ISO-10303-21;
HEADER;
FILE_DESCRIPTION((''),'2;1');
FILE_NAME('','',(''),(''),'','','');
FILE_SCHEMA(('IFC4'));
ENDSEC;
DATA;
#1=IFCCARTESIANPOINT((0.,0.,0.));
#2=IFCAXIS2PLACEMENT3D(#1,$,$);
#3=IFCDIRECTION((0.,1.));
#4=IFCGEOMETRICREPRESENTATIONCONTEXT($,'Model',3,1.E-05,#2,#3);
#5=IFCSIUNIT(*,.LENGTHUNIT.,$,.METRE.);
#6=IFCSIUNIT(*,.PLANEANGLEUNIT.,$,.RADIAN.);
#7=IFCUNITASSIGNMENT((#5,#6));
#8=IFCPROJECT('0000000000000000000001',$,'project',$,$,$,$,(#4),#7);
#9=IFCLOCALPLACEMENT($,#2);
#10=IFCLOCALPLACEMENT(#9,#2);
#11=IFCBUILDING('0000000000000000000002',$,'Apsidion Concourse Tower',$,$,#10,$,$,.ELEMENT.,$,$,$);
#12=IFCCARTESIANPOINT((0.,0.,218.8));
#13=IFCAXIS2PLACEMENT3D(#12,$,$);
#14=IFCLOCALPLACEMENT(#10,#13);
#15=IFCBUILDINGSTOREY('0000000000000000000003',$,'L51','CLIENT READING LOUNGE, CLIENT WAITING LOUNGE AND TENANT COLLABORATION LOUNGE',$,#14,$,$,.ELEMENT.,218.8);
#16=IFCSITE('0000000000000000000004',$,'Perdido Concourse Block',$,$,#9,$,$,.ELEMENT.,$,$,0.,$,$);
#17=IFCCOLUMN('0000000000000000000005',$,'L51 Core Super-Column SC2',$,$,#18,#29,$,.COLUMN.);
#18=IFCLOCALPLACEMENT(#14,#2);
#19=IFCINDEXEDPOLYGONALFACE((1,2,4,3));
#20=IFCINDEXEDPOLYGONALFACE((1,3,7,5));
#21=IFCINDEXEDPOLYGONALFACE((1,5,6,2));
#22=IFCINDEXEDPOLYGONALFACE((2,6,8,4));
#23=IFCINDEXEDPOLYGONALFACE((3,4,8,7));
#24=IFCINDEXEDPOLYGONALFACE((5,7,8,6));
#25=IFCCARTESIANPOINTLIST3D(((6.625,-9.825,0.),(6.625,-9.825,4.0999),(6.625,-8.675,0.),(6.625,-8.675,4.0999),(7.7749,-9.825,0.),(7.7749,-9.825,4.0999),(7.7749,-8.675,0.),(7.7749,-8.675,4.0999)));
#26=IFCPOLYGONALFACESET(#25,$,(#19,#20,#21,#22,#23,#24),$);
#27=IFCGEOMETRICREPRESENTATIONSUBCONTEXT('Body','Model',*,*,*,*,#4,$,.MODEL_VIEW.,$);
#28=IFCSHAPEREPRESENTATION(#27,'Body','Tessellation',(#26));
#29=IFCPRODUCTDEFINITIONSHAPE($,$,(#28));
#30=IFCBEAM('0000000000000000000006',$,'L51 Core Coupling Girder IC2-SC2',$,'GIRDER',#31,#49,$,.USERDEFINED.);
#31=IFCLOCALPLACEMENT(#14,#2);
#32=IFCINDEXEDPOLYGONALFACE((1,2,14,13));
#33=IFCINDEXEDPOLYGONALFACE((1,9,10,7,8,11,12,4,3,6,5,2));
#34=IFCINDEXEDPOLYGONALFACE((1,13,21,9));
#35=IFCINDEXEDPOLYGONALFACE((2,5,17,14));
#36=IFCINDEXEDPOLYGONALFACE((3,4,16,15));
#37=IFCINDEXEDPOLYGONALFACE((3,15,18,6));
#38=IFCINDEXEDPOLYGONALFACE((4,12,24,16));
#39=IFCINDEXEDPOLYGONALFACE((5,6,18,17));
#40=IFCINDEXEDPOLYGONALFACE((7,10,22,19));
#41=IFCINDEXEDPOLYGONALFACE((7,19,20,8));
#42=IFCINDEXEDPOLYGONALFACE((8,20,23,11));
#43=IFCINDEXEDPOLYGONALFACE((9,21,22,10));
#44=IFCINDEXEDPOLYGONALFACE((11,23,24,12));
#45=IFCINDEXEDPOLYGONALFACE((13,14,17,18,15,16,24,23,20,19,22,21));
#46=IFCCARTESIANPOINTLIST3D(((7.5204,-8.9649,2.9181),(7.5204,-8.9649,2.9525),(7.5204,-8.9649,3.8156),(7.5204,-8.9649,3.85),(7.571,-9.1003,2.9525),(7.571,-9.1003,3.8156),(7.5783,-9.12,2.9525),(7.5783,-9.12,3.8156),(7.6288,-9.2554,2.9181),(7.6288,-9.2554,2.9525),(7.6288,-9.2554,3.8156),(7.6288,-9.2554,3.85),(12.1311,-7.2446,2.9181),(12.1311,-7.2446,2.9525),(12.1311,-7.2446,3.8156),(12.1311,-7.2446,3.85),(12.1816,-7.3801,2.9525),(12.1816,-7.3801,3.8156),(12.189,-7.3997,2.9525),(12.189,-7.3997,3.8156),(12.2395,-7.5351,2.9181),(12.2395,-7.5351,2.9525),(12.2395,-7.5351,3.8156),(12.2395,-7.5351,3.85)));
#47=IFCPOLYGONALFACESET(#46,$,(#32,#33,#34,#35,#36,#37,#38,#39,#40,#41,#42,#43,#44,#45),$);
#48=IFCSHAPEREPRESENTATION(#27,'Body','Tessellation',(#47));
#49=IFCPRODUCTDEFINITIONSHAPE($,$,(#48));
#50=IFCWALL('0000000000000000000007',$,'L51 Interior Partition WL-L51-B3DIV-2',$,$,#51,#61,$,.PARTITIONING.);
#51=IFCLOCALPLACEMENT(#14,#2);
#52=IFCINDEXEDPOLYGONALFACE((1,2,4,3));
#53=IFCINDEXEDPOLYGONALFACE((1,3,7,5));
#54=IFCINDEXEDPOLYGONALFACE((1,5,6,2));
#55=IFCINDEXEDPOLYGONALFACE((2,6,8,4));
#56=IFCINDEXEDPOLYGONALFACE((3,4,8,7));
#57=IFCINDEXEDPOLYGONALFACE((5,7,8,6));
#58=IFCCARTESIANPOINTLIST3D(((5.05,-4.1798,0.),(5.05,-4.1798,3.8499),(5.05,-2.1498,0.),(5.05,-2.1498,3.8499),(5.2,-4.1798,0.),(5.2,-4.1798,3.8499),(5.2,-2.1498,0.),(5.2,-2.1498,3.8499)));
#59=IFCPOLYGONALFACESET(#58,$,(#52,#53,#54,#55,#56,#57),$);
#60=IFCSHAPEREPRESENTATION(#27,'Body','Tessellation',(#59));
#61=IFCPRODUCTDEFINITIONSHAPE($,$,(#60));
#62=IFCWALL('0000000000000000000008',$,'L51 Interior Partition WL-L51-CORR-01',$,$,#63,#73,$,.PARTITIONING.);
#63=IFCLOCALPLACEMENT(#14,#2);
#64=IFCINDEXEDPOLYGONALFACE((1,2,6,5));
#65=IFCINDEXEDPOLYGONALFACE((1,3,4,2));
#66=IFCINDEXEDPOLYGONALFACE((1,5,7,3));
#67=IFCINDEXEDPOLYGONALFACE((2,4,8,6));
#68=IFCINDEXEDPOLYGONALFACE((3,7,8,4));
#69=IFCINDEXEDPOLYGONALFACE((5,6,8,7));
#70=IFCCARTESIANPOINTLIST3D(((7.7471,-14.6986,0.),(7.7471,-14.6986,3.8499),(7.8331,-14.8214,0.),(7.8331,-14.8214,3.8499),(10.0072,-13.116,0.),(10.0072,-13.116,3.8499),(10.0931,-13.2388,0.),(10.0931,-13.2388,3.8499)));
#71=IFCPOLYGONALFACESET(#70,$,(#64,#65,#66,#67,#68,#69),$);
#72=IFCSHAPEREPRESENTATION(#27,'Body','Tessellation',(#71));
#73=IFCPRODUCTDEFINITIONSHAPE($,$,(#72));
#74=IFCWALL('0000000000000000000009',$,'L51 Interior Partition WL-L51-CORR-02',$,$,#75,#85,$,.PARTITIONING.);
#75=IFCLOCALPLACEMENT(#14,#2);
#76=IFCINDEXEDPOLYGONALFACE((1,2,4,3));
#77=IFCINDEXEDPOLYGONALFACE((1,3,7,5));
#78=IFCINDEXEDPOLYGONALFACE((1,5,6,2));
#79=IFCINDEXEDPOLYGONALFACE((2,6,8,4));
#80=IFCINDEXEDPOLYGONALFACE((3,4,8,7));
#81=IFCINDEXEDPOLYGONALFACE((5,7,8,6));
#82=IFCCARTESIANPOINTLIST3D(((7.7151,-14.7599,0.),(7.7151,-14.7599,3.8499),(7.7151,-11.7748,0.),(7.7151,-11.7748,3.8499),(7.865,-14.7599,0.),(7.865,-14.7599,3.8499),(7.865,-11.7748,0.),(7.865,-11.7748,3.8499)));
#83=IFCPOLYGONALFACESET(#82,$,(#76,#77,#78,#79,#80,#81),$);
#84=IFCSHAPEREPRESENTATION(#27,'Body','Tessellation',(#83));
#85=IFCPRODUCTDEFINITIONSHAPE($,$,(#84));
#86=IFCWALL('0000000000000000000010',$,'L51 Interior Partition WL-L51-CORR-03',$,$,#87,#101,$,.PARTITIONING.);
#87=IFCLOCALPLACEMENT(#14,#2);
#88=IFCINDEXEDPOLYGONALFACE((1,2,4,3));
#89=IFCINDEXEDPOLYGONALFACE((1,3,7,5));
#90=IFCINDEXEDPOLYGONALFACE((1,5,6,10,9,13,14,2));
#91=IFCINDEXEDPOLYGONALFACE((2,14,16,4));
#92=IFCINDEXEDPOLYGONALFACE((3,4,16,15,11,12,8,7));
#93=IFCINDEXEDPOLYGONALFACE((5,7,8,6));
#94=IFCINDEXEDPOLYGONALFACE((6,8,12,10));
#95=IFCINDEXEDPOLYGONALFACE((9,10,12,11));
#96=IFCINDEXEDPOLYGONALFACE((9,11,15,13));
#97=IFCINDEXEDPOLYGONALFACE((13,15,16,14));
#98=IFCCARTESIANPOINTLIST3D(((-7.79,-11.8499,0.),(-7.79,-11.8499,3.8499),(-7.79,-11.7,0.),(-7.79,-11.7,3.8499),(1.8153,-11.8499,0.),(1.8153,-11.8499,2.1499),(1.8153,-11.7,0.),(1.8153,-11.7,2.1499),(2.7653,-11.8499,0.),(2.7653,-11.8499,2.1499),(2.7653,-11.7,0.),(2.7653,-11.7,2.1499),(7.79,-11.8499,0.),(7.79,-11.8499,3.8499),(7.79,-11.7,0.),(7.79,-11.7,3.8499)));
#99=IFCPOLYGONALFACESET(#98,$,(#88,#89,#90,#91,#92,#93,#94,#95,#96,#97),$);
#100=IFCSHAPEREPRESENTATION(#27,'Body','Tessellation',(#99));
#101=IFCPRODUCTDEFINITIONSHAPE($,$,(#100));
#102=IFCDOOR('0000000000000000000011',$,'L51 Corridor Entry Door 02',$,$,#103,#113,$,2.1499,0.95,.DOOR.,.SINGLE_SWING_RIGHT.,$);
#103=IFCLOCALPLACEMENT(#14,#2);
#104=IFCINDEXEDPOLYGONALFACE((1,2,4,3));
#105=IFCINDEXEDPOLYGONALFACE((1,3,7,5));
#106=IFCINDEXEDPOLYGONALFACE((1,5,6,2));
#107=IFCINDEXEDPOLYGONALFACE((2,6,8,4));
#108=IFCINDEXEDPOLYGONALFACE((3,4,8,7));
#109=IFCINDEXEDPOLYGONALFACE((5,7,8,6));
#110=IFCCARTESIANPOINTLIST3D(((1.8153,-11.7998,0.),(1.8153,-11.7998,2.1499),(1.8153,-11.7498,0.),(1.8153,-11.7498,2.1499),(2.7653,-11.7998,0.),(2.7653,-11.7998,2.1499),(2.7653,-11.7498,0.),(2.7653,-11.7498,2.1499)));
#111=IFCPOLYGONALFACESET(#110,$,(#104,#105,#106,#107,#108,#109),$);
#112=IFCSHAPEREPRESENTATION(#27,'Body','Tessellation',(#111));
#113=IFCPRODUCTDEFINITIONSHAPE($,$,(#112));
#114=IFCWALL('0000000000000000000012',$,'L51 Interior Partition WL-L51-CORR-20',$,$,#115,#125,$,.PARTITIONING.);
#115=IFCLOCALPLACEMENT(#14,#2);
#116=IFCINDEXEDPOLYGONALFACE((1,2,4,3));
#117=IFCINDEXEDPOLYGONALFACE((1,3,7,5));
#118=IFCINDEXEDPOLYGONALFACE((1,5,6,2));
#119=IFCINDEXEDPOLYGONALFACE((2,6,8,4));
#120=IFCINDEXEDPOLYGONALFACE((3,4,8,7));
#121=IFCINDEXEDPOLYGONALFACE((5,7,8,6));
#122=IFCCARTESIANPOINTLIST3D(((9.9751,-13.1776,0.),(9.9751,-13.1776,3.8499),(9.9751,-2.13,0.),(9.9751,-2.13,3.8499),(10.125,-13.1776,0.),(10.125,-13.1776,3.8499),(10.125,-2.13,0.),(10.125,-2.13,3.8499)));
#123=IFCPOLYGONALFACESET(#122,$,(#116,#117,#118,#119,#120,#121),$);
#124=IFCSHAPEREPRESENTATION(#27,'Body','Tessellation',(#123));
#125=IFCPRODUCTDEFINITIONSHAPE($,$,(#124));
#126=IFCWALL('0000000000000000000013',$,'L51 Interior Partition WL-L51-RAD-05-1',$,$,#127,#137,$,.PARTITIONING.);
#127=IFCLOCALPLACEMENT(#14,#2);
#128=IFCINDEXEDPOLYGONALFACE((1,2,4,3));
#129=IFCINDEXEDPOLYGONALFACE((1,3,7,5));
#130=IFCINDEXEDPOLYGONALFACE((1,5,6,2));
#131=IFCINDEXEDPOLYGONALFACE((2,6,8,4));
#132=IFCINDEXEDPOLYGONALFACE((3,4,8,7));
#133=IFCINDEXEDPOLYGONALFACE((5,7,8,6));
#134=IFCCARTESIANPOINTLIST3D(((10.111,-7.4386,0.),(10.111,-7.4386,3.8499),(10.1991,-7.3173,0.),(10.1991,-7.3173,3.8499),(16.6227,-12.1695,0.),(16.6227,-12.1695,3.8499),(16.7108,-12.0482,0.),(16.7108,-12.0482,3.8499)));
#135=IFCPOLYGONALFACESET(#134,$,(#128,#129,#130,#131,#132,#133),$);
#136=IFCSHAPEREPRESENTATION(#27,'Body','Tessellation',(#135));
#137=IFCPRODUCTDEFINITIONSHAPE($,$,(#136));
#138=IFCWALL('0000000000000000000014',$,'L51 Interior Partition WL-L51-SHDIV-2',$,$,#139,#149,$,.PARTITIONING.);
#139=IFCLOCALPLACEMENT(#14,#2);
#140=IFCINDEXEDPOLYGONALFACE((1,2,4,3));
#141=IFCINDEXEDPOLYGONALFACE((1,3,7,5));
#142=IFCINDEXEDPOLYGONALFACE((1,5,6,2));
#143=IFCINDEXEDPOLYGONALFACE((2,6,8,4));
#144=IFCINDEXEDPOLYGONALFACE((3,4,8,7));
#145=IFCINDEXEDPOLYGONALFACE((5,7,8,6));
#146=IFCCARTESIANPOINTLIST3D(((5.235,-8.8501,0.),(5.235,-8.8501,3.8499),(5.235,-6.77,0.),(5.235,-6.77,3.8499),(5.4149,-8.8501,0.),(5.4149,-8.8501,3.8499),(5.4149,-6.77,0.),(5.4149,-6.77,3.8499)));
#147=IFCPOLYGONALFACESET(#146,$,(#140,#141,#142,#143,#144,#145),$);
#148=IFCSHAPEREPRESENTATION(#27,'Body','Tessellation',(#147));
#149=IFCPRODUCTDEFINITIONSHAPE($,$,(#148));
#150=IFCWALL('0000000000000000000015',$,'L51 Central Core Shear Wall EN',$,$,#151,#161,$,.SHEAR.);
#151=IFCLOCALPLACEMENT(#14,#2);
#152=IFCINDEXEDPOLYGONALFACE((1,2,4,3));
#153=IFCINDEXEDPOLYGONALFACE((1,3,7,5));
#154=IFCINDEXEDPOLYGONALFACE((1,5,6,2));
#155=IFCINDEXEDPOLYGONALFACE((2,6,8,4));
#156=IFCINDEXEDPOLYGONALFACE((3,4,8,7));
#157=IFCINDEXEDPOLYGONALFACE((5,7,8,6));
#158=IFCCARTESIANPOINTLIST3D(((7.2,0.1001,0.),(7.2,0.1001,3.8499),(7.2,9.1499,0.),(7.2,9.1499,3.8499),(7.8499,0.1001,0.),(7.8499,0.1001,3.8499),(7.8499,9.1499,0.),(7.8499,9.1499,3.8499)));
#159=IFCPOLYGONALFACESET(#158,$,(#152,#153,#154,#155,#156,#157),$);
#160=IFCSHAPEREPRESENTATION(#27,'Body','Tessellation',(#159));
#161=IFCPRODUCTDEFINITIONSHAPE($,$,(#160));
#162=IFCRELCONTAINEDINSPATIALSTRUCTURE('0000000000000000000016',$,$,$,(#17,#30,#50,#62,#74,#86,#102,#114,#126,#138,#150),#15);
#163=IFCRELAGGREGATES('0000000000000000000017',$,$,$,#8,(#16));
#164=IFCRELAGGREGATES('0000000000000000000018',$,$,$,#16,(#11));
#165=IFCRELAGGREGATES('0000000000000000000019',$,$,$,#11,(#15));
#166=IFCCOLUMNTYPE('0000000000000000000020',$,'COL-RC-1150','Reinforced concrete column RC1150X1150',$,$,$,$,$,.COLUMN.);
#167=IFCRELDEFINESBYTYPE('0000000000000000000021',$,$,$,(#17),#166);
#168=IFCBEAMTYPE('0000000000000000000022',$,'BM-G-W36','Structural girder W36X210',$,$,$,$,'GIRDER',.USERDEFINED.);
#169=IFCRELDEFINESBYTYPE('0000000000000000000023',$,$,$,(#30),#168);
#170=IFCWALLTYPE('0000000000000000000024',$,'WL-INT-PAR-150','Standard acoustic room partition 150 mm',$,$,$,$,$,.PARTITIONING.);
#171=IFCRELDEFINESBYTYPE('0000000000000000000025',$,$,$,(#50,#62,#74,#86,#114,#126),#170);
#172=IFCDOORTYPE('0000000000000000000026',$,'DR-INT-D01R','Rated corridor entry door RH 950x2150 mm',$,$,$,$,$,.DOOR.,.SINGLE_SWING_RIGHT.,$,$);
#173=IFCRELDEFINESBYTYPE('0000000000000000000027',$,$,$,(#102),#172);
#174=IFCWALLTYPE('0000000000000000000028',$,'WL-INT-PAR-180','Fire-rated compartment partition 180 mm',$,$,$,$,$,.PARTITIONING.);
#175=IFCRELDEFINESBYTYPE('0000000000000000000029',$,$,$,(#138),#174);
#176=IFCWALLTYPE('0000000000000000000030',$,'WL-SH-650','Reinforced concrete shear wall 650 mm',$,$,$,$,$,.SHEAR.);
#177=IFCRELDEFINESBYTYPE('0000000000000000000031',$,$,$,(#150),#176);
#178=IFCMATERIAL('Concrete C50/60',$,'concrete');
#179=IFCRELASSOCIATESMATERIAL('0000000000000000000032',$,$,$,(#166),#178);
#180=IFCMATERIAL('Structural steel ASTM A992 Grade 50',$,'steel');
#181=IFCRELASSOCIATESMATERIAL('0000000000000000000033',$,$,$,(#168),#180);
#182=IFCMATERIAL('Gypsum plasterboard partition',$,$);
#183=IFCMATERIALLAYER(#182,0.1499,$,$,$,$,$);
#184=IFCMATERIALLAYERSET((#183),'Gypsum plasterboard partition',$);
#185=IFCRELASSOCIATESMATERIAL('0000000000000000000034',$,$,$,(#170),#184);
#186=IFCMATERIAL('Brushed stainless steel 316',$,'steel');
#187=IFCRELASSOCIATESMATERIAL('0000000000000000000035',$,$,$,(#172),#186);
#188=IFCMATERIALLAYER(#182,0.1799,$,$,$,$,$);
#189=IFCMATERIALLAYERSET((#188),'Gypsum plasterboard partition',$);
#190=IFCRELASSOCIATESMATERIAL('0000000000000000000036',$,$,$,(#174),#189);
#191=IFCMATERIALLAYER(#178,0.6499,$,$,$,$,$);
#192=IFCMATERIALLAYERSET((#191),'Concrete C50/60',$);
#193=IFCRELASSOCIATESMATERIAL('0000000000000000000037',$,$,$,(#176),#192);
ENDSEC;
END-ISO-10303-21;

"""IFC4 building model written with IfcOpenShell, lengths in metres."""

from ifc_helpers import new_model, si_unit, direction, frame, frame_2d, origin, origin_2d, place, context, subcontext, project, spatial, rectangle, i_section, extrude, material, layer, layer_set, material_profile, profile_set, type_object, element, fill, save


model = new_model("IFC4")

# Units and contexts
model_context = context("Model", 3, precision=1e-05, world=origin(), true_north=direction((0.0, 1.0)))
body_context = subcontext(model_context, "Body", "Model", "MODEL_VIEW")
ifc_project = project(units=[si_unit("LENGTHUNIT", "METRE"), si_unit("PLANEANGLEUNIT", "RADIAN")], contexts=[model_context])

# Site, building, storey
site_placement = place(None, origin())
site = spatial("IfcSite", under=ifc_project, at=site_placement, Name="Perdido Concourse Block", CompositionType="ELEMENT", RefElevation=0.0)
building_placement = place(site_placement, origin())
building = spatial("IfcBuilding", under=site, at=building_placement, Name="Apsidion Concourse Tower", CompositionType="ELEMENT")
storey_placement = place(building_placement, frame((0.0, 0.0, 218.8)))
storey = spatial("IfcBuildingStorey", under=building, at=storey_placement, Name="L51", Description="CLIENT READING LOUNGE, CLIENT WAITING LOUNGE AND TENANT COLLABORATION LOUNGE", CompositionType="ELEMENT", Elevation=218.8)

# Column
ifc_material_1 = material(Name="Concrete C50/60", Category="concrete")
ifc_material_profile_1 = material_profile(ifc_material_1, rectangle(XDim=1.1499, YDim=1.1499, at=origin_2d()), Name="RC 1150x1150")
ifc_profile_set_1 = profile_set([ifc_material_profile_1], Name="Concrete C50/60")
column_type = type_object("IfcColumnType", Name="COL-RC-1150", Description="Reinforced concrete column RC1150X1150", PredefinedType="COLUMN", material=ifc_profile_set_1)
column_placement = place(storey_placement, frame((7.2, -9.25, 0.0), z_axis=(0.0, 0.0, 1.0), x_axis=(1.0, 0.0, 0.0)))
element("IfcColumn", 1, at=column_placement, inside=storey, type_object=column_type, Name="L51 Core Super-Column SC2", PredefinedType="COLUMN", context=body_context, shape_type="SweptSolid", body=[
    extrude(rectangle(XDim=1.1499, YDim=1.1499, at=origin_2d()), origin(), (0.0, 0.0, 1.0), 4.0999),
])

# Beam
ifc_material_2 = material(Name="Structural steel ASTM A992 Grade 50", Category="steel")
ifc_material_profile_2 = material_profile(ifc_material_2, i_section(OverallWidth=0.3101, OverallDepth=0.9319, WebThickness=0.021, FlangeThickness=0.0344, at=origin_2d()), Name="W36X210")
ifc_profile_set_2 = profile_set([ifc_material_profile_2], Name="Structural steel ASTM A992 Grade 50")
beam_type = type_object("IfcBeamType", Name="BM-G-W36", Description="Structural girder W36X210", ElementType="GIRDER", PredefinedType="USERDEFINED", material=ifc_profile_set_2)
beam_placement = place(storey_placement, frame((12.1853, -7.3899, 3.384), z_axis=(-0.936913, -0.349563, 0.0), x_axis=(0.349563, -0.936913, 0.0)))
element("IfcBeam", 2, at=beam_placement, inside=storey, type_object=beam_type, Name="L51 Core Coupling Girder IC2-SC2", ObjectType="GIRDER", PredefinedType="USERDEFINED", context=body_context, shape_type="SweptSolid", body=[
    extrude(i_section(OverallWidth=0.3101, OverallDepth=0.9319, WebThickness=0.021, FlangeThickness=0.0344, at=origin_2d()), origin(), (0.0, 0.0, 1.0), 4.9211),
])

# Walls
ifc_material_3 = material(Name="Gypsum plasterboard partition")
ifc_layer_1 = layer(ifc_material_3, 0.1499)
ifc_layer_set_1 = layer_set([ifc_layer_1], Name="Gypsum plasterboard partition")
wall_type_1 = type_object("IfcWallType", Name="WL-INT-PAR-150", Description="Standard acoustic room partition 150 mm", PredefinedType="PARTITIONING", material=ifc_layer_set_1)
wall_1_placement = place(storey_placement, frame((5.125, -4.1799, 0.0), z_axis=(0.0, 0.0, 1.0), x_axis=(0.0, 1.0, 0.0)))
element("IfcWall", 3, at=wall_1_placement, inside=storey, type_object=wall_type_1, Name="L51 Interior Partition WL-L51-B3DIV-2", PredefinedType="PARTITIONING", context=body_context, shape_type="SweptSolid", body=[
    extrude(rectangle(XDim=2.03, YDim=0.1499, at=frame_2d((1.0151, 0.0))), origin(), (0.0, 0.0, 1.0), 3.8499),
])
wall_2_placement = place(storey_placement, frame((10.05, -13.1775, 0.0), z_axis=(0.0, 0.0, 1.0), x_axis=(-0.819145, -0.573587, 0.0)))
element("IfcWall", 4, at=wall_2_placement, inside=storey, type_object=wall_type_1, Name="L51 Interior Partition WL-L51-CORR-01", PredefinedType="PARTITIONING", context=body_context, shape_type="SweptSolid", body=[
    extrude(rectangle(XDim=2.759, YDim=0.1499, at=frame_2d((1.3794, 0.0))), origin(), (0.0, 0.0, 1.0), 3.8499),
])
wall_3_placement = place(storey_placement, frame((7.79, -14.76, 0.0), z_axis=(0.0, 0.0, 1.0), x_axis=(0.0, 1.0, 0.0)))
element("IfcWall", 5, at=wall_3_placement, inside=storey, type_object=wall_type_1, Name="L51 Interior Partition WL-L51-CORR-02", PredefinedType="PARTITIONING", context=body_context, shape_type="SweptSolid", body=[
    extrude(rectangle(XDim=2.9851, YDim=0.1499, at=frame_2d((1.4927, 0.0))), origin(), (0.0, 0.0, 1.0), 3.8499),
])

# Wall, opening, door
wall_4_placement = place(storey_placement, frame((7.79, -11.7749, 0.0), z_axis=(0.0, 0.0, 1.0), x_axis=(-1.0, 0.0, 0.0)))
wall_4 = element("IfcWall", 6, at=wall_4_placement, inside=storey, type_object=wall_type_1, Name="L51 Interior Partition WL-L51-CORR-03", PredefinedType="PARTITIONING", context=body_context, shape_type="SweptSolid", body=[
    extrude(rectangle(XDim=15.5801, YDim=0.1499, at=frame_2d((7.79, 0.0))), origin(), (0.0, 0.0, 1.0), 3.8499),
])
opening_1_placement = place(wall_4_placement, frame((5.0247, 0.0, 0.0)))
opening_1 = element("IfcOpeningElement", 7, at=opening_1_placement, cuts=wall_4, PredefinedType="OPENING", context=body_context, shape_type="SweptSolid", body=[
    extrude(rectangle(XDim=0.95, YDim=2.1499, at=frame_2d((0.4751, 1.075))), frame((0.0, 0.085, 0.0), z_axis=(0.0, -1.0, 0.0), x_axis=(1.0, 0.0, 0.0)), (0.0, 0.0, 1.0), 0.1699),
])
ifc_material_4 = material(Name="Brushed stainless steel 316", Category="steel")
door_type_1 = type_object("IfcDoorType", Name="DR-INT-D01R", Description="Rated corridor entry door RH 950x2150 mm", OperationType="SINGLE_SWING_RIGHT", PredefinedType="DOOR", material=ifc_material_4)
door_1_placement = place(opening_1_placement, origin())
door_1 = element("IfcDoor", 8, at=door_1_placement, inside=storey, type_object=door_type_1, Name="L51 Corridor Entry Door 02", OperationType="SINGLE_SWING_RIGHT", OverallHeight=2.1499, OverallWidth=0.95, PredefinedType="DOOR", context=body_context, shape_type="SweptSolid", body=[
    extrude(rectangle(XDim=0.95, YDim=2.1499, at=frame_2d((0.4751, 1.075))), frame((0.0, 0.0249, 0.0), z_axis=(0.0, -1.0, 0.0), x_axis=(1.0, 0.0, 0.0)), (0.0, 0.0, 1.0), 0.05),
])
fill(opening_1, door_1)

# Walls
wall_5_placement = place(storey_placement, frame((10.05, -2.1299, 0.0), z_axis=(0.0, 0.0, 1.0), x_axis=(0.0, -1.0, 0.0)))
element("IfcWall", 9, at=wall_5_placement, inside=storey, type_object=wall_type_1, Name="L51 Interior Partition WL-L51-CORR-20", PredefinedType="PARTITIONING", context=body_context, shape_type="SweptSolid", body=[
    extrude(rectangle(XDim=11.0476, YDim=0.1499, at=frame_2d((5.5239, 0.0))), origin(), (0.0, 0.0, 1.0), 3.8499),
])
wall_6_placement = place(storey_placement, frame((10.155, -7.3779, 0.0), z_axis=(0.0, 0.0, 1.0), x_axis=(0.809022, -0.587778, 0.0)))
element("IfcWall", 10, at=wall_6_placement, inside=storey, type_object=wall_type_1, Name="L51 Interior Partition WL-L51-RAD-05-1", PredefinedType="PARTITIONING", context=body_context, shape_type="SweptSolid", body=[
    extrude(rectangle(XDim=8.0488, YDim=0.1499, at=frame_2d((4.0244, 0.0))), origin(), (0.0, 0.0, 1.0), 3.8499),
])
ifc_layer_2 = layer(ifc_material_3, 0.1799)
ifc_layer_set_2 = layer_set([ifc_layer_2], Name="Gypsum plasterboard partition")
wall_type_2 = type_object("IfcWallType", Name="WL-INT-PAR-180", Description="Fire-rated compartment partition 180 mm", PredefinedType="PARTITIONING", material=ifc_layer_set_2)
wall_7_placement = place(storey_placement, frame((5.325, -8.8501, 0.0), z_axis=(0.0, 0.0, 1.0), x_axis=(0.0, 1.0, 0.0)))
element("IfcWall", 11, at=wall_7_placement, inside=storey, type_object=wall_type_2, Name="L51 Interior Partition WL-L51-SHDIV-2", PredefinedType="PARTITIONING", context=body_context, shape_type="SweptSolid", body=[
    extrude(rectangle(XDim=2.0801, YDim=0.1799, at=frame_2d((1.04, 0.0))), origin(), (0.0, 0.0, 1.0), 3.8499),
])
ifc_layer_3 = layer(ifc_material_1, 0.6499)
ifc_layer_set_3 = layer_set([ifc_layer_3], Name="Concrete C50/60")
wall_type_3 = type_object("IfcWallType", Name="WL-SH-650", Description="Reinforced concrete shear wall 650 mm", PredefinedType="SHEAR", material=ifc_layer_set_3)
wall_8_placement = place(storey_placement, frame((7.5249, 0.1001, 0.0), z_axis=(0.0, 0.0, 1.0), x_axis=(0.0, 1.0, 0.0)))
element("IfcWall", 12, at=wall_8_placement, inside=storey, type_object=wall_type_3, Name="L51 Central Core Shear Wall EN", PredefinedType="SHEAR", context=body_context, shape_type="SweptSolid", body=[
    extrude(rectangle(XDim=9.0498, YDim=0.6499, at=frame_2d((4.5249, 0.0))), origin(), (0.0, 0.0, 1.0), 3.8499),
])

save(model, "model.ifc")
